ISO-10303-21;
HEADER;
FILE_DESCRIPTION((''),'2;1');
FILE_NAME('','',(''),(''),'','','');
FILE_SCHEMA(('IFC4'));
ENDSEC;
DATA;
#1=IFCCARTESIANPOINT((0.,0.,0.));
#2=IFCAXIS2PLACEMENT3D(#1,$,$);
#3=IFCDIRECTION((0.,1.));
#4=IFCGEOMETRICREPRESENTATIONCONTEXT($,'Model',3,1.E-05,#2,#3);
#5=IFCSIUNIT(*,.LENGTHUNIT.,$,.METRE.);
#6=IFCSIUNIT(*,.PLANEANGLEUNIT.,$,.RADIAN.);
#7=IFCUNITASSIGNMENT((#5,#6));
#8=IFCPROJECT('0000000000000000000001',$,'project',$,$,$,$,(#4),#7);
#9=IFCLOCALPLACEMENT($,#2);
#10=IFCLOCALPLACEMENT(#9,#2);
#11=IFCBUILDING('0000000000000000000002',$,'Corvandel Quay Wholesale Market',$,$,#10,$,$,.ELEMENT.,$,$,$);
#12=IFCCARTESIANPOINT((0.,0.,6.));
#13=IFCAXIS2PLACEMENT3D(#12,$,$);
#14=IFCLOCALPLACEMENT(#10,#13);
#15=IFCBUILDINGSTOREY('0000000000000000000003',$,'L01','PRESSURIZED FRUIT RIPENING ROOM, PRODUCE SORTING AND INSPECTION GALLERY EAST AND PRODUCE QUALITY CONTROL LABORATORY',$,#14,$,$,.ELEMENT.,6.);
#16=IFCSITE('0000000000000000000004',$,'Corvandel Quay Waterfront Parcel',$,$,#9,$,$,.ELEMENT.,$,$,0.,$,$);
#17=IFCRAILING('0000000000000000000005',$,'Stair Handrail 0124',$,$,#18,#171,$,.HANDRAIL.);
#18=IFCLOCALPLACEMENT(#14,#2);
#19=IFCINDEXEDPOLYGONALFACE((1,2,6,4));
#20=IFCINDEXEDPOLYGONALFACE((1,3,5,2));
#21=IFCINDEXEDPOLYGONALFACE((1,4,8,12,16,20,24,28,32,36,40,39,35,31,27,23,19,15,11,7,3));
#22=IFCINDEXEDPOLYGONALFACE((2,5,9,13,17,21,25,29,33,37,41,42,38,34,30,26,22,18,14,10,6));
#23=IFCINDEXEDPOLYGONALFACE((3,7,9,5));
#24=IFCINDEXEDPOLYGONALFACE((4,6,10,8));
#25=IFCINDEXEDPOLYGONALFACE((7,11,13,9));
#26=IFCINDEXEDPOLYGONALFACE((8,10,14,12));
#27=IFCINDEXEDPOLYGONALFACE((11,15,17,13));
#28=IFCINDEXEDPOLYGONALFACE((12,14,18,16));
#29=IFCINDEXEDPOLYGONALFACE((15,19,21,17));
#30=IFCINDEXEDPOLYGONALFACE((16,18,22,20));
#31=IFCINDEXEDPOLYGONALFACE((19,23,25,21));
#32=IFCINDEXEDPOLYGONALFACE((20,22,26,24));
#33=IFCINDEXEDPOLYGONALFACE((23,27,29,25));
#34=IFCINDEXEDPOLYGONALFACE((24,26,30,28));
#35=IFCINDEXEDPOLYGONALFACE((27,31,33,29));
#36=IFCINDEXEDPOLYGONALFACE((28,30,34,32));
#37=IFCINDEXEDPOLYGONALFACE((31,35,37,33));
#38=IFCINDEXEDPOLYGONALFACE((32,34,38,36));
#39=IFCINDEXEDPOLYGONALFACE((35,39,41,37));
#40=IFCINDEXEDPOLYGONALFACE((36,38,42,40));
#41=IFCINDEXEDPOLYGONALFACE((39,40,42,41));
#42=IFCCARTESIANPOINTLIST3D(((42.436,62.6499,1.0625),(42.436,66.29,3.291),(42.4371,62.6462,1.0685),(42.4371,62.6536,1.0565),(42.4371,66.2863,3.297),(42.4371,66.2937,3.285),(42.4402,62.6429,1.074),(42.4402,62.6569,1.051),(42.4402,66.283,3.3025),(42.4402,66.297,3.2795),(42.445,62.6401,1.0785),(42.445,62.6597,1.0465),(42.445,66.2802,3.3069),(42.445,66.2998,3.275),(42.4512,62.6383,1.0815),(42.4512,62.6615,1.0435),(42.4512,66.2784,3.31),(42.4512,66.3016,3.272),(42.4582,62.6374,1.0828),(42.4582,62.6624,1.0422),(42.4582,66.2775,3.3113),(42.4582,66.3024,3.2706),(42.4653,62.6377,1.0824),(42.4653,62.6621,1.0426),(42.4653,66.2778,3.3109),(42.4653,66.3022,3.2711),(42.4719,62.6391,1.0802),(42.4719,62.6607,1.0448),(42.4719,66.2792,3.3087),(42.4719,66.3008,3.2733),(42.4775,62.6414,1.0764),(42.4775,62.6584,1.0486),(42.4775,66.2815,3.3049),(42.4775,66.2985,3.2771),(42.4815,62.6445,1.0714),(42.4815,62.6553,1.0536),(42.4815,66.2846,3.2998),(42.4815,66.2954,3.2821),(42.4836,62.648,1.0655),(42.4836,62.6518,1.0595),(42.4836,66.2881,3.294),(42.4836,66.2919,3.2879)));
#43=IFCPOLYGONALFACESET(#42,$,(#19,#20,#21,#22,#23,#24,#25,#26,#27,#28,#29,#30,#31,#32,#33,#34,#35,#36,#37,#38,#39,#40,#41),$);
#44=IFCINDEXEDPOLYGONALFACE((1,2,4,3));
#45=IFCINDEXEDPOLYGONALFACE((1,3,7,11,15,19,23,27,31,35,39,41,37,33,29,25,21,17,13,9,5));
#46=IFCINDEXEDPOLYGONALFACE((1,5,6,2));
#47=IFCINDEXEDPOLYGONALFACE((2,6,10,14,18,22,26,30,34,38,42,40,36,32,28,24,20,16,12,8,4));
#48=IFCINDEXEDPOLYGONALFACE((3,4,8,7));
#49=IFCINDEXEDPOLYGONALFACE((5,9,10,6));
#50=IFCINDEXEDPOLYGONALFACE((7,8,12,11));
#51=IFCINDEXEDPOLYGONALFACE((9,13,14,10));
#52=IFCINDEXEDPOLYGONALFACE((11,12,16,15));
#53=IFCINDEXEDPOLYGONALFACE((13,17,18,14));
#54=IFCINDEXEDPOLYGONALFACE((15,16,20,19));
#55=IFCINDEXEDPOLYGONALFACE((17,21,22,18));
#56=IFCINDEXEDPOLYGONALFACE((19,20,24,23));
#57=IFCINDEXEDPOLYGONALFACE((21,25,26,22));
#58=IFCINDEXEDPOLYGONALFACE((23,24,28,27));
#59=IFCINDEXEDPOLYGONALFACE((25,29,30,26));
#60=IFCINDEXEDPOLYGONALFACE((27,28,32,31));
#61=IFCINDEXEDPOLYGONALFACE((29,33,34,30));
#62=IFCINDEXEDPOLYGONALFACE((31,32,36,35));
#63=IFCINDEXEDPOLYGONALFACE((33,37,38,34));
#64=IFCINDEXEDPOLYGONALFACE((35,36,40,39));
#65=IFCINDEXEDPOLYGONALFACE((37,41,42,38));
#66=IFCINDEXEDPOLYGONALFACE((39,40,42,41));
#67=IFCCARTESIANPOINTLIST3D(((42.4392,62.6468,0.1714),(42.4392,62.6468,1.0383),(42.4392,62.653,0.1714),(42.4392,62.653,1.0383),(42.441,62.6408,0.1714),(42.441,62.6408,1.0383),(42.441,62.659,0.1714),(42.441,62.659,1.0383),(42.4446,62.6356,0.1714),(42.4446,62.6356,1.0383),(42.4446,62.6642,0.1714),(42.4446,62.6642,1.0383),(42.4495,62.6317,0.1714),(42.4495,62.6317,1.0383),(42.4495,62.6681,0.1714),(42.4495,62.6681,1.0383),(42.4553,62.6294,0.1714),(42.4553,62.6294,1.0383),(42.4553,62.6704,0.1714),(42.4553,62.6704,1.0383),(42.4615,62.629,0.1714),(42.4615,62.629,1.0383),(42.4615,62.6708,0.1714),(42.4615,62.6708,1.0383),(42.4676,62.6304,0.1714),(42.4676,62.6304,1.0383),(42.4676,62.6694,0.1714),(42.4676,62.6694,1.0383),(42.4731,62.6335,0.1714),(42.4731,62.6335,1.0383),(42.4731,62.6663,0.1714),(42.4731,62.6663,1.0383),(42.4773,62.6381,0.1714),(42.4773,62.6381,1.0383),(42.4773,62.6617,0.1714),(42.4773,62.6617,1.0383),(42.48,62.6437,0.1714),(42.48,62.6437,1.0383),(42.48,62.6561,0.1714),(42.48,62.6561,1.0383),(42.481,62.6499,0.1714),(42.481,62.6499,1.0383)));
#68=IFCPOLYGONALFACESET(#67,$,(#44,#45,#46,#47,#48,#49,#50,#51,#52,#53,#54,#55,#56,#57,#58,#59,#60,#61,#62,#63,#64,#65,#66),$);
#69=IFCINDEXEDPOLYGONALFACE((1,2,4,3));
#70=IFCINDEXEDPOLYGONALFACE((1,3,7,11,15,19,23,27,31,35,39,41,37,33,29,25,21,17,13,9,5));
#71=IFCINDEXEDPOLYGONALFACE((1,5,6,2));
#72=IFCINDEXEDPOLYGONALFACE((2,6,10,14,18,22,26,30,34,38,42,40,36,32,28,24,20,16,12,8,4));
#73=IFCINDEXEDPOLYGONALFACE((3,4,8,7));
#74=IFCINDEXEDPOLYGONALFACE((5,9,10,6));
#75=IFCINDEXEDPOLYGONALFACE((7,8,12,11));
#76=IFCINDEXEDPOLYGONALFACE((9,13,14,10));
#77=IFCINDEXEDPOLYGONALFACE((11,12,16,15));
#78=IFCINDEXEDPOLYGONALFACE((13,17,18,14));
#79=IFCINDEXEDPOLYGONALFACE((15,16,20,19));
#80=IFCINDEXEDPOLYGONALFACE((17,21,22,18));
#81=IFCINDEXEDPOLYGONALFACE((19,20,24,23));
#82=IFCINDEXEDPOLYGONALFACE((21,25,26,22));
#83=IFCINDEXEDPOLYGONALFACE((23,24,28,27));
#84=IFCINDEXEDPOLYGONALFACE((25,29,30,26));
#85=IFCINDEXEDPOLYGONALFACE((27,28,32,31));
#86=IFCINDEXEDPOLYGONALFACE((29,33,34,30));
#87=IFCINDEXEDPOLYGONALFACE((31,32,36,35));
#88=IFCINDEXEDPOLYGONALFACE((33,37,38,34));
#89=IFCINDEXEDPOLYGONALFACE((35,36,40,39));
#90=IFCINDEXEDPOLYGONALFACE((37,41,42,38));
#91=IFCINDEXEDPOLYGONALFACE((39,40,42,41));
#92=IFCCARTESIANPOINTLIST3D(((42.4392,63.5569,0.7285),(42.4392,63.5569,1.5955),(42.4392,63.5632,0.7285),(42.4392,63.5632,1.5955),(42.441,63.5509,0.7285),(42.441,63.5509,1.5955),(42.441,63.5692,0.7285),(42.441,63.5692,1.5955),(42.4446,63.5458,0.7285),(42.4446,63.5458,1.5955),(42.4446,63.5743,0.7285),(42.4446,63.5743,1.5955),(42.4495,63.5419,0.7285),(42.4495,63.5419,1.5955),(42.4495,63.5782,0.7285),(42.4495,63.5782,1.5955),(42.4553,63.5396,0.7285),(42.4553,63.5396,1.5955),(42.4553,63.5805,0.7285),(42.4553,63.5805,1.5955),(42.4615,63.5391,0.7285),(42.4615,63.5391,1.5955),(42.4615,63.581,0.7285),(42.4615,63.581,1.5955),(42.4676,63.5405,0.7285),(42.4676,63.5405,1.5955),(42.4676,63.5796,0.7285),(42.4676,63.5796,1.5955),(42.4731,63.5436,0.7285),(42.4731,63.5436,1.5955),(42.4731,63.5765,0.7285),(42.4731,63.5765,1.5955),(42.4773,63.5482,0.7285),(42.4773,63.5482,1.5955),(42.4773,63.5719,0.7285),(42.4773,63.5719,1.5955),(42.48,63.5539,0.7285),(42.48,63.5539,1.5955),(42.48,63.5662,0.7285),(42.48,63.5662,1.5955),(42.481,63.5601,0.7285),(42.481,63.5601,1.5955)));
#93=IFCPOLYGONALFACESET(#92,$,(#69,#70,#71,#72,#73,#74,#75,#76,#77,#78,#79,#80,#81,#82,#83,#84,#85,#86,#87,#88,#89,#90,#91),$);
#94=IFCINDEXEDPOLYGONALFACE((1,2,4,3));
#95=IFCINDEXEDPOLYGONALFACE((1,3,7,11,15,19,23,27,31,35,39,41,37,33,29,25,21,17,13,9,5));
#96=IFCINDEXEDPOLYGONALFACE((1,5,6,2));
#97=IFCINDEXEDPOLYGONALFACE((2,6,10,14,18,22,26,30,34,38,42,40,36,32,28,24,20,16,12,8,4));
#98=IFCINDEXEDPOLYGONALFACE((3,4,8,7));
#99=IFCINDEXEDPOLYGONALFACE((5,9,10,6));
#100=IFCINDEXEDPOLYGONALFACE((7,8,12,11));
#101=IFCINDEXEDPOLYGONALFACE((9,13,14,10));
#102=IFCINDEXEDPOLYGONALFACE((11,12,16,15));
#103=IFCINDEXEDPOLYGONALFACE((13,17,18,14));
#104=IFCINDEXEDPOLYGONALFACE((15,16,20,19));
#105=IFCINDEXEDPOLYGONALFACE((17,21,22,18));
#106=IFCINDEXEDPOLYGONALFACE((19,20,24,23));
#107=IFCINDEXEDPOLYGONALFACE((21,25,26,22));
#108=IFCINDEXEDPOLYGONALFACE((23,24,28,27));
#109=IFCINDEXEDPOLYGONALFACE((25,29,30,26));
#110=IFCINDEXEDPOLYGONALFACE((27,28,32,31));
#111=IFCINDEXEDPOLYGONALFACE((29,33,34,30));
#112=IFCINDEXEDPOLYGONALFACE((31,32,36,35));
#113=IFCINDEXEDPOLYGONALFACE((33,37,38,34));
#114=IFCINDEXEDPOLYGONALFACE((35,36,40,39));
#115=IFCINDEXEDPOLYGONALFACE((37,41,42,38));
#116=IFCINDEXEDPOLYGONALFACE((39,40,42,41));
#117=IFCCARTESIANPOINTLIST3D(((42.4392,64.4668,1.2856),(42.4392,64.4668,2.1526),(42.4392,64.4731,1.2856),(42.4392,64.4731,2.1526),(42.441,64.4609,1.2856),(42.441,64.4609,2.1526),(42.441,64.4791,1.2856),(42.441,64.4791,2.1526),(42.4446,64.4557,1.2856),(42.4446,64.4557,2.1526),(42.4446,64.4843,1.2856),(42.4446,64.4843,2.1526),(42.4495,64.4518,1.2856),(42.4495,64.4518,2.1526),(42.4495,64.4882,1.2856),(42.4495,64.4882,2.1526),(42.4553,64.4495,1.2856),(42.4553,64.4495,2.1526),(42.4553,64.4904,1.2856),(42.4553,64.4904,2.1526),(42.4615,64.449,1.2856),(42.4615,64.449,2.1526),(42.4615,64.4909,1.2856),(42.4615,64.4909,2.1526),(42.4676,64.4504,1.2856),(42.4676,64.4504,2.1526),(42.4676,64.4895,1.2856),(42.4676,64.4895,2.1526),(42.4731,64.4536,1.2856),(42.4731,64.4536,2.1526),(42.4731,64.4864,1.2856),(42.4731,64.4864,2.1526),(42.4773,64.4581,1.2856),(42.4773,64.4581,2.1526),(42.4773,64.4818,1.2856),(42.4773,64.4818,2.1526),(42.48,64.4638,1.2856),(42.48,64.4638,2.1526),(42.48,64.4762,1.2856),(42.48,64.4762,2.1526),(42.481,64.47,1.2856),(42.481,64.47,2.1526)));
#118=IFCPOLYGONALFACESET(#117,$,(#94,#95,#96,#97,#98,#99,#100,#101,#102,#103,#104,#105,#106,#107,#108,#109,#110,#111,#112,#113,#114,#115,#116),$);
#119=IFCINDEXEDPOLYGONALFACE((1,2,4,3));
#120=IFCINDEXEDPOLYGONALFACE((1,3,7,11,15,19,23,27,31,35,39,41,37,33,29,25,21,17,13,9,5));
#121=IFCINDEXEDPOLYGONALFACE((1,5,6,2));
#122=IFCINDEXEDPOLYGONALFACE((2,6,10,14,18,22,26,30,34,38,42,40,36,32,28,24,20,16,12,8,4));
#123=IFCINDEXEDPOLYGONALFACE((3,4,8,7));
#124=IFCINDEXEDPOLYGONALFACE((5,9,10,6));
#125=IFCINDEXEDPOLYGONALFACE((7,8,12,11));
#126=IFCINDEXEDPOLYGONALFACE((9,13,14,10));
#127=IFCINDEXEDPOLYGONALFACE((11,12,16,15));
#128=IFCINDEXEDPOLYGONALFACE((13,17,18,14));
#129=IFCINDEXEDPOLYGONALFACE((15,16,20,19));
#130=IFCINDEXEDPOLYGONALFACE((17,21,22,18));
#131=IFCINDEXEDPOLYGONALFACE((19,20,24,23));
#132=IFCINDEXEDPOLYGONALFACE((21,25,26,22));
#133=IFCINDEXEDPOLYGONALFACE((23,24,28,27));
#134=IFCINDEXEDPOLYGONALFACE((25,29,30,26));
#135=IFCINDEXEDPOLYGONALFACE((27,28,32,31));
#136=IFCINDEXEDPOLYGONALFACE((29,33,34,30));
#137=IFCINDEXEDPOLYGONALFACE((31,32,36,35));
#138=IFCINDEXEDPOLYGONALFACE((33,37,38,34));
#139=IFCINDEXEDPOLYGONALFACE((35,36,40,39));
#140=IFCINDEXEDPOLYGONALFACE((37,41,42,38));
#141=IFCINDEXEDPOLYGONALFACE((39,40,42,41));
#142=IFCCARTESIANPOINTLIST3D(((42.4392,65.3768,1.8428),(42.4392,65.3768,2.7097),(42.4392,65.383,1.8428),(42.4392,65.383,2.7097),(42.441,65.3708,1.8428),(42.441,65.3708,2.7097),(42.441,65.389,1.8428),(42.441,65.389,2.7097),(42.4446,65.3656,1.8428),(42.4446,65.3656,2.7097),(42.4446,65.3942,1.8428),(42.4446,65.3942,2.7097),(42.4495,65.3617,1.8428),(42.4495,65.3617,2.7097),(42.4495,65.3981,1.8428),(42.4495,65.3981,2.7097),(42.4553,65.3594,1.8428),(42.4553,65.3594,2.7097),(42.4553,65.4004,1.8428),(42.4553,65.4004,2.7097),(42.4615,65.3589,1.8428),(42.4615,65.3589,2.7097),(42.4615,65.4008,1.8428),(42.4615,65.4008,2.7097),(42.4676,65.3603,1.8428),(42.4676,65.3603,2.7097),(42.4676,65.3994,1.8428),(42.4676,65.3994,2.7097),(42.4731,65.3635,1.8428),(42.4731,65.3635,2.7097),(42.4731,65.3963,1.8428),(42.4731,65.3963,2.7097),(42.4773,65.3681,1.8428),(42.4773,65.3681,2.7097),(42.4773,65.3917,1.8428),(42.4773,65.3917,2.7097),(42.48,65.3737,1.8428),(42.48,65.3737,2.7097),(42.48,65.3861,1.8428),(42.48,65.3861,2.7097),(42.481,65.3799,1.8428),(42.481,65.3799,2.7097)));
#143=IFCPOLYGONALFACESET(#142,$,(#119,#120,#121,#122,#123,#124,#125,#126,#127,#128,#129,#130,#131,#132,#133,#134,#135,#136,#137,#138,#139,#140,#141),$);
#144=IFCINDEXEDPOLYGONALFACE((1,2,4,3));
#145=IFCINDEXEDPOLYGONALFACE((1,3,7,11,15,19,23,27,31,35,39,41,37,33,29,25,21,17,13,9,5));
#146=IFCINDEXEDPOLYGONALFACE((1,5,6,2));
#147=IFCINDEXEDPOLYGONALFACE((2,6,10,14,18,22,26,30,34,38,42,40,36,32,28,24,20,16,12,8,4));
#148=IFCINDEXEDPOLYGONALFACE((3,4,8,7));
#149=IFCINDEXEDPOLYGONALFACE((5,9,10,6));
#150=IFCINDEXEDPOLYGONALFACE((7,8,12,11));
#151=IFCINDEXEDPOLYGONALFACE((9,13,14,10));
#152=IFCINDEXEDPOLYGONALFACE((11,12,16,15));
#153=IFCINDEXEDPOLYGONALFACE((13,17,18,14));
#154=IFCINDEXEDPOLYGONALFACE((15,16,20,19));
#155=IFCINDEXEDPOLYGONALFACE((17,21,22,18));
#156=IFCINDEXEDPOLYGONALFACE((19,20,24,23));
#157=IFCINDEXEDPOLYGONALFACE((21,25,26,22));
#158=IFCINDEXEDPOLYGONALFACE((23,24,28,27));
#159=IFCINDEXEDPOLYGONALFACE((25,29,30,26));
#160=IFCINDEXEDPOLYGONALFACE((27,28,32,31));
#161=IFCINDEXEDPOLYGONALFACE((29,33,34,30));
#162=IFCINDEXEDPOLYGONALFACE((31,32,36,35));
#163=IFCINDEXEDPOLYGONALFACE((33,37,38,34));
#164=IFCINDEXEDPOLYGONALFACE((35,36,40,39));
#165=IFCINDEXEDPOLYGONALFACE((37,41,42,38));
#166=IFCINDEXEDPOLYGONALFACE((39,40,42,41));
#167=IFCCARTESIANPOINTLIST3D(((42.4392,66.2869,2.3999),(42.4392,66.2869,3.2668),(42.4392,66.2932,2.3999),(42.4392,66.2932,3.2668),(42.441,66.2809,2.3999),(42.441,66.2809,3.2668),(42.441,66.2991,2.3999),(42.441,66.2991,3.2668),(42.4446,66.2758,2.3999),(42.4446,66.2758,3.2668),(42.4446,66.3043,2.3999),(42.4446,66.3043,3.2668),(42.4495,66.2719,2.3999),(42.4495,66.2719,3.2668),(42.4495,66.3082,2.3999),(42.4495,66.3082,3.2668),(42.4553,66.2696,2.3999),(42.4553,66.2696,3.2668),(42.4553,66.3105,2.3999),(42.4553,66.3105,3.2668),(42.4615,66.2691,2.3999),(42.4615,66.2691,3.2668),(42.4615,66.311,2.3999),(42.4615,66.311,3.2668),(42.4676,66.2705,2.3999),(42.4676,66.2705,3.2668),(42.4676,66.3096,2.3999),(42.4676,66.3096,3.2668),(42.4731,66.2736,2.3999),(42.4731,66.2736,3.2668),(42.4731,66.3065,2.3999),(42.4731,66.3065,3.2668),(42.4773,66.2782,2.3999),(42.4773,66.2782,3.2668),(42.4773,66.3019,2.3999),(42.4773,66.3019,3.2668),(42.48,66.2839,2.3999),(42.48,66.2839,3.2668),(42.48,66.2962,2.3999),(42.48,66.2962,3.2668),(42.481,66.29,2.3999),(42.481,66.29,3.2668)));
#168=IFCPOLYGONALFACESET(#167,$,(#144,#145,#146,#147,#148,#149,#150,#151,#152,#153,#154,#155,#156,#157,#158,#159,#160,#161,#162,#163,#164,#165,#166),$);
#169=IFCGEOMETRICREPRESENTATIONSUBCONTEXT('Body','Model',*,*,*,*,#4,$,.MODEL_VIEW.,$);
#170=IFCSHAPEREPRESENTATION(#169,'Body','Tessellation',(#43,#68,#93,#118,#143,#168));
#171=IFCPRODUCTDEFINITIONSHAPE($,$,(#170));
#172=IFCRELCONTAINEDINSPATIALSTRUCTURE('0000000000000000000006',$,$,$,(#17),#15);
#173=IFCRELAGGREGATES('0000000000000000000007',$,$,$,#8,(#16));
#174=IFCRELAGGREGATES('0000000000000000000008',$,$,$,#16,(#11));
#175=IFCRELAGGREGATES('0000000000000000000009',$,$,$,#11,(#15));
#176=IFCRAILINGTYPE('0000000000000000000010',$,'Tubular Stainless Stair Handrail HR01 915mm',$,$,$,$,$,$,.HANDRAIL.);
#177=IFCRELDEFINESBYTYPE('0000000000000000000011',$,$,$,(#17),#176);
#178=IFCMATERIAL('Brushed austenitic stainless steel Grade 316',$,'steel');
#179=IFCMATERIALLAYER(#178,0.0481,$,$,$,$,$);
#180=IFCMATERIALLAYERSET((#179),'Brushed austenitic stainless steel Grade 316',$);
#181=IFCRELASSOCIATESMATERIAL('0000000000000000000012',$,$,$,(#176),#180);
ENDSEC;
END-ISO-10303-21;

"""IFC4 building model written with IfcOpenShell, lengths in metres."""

from ifc_helpers import new_model, si_unit, direction, frame, origin, origin_2d, place, context, subcontext, project, spatial, circle, extrude, material, layer, layer_set, type_object, element, save


model = new_model("IFC4")

# Units and contexts
model_context = context("Model", 3, precision=1e-05, world=origin(), true_north=direction((0.0, 1.0)))
body_context = subcontext(model_context, "Body", "Model", "MODEL_VIEW")
ifc_project = project(units=[si_unit("LENGTHUNIT", "METRE"), si_unit("PLANEANGLEUNIT", "RADIAN")], contexts=[model_context])

# Site, building, storey
site_placement = place(None, origin())
site = spatial("IfcSite", under=ifc_project, at=site_placement, Name="Corvandel Quay Waterfront Parcel", CompositionType="ELEMENT", RefElevation=0.0)
building_placement = place(site_placement, origin())
building = spatial("IfcBuilding", under=site, at=building_placement, Name="Corvandel Quay Wholesale Market", CompositionType="ELEMENT")
storey_placement = place(building_placement, frame((0.0, 0.0, 6.0)))
storey = spatial("IfcBuildingStorey", under=building, at=storey_placement, Name="L01", Description="PRESSURIZED FRUIT RIPENING ROOM, PRODUCE SORTING AND INSPECTION GALLERY EAST AND PRODUCE QUALITY CONTROL LABORATORY", CompositionType="ELEMENT", Elevation=6.0)

# Railing
ifc_material_1 = material(Name="Brushed austenitic stainless steel Grade 316", Category="steel")
ifc_layer_1 = layer(ifc_material_1, 0.0481)
ifc_layer_set_1 = layer_set([ifc_layer_1], Name="Brushed austenitic stainless steel Grade 316")
railing_type_1 = type_object("IfcRailingType", Name="Tubular Stainless Stair Handrail HR01 915mm", PredefinedType="HANDRAIL", material=ifc_layer_set_1)
for number, where, name in (
    (1, (42.46, 62.6499, 0.1714), "Stair Handrail 0124"),
):
    element("IfcRailing", number, at=place(storey_placement, frame(where)), inside=storey, type_object=railing_type_1, Name=name, PredefinedType="HANDRAIL", context=body_context, shape_type="SweptSolid", body=[
        extrude(circle(Radius=0.0239, at=origin_2d()), frame((0.0, 0.0, 0.8911), z_axis=(0.0, 0.852866, 0.52213), x_axis=(-1.0, 0.0, 0.0)), (0.0, 0.0, 1.0), 4.2681),
        extrude(circle(Radius=0.021, at=origin_2d()), origin(), (0.0, 0.0, 1.0), 0.8669),
        extrude(circle(Radius=0.021, at=origin_2d()), frame((0.0, 0.9102, 0.5571)), (0.0, 0.0, 1.0), 0.8669),
        extrude(circle(Radius=0.021, at=origin_2d()), frame((0.0, 1.8201, 1.1143)), (0.0, 0.0, 1.0), 0.8669),
        extrude(circle(Radius=0.021, at=origin_2d()), frame((0.0, 2.73, 1.6714)), (0.0, 0.0, 1.0), 0.8669),
        extrude(circle(Radius=0.021, at=origin_2d()), frame((0.0, 3.6401, 2.2285)), (0.0, 0.0, 1.0), 0.8669),
    ])

save(model, "model.ifc")
